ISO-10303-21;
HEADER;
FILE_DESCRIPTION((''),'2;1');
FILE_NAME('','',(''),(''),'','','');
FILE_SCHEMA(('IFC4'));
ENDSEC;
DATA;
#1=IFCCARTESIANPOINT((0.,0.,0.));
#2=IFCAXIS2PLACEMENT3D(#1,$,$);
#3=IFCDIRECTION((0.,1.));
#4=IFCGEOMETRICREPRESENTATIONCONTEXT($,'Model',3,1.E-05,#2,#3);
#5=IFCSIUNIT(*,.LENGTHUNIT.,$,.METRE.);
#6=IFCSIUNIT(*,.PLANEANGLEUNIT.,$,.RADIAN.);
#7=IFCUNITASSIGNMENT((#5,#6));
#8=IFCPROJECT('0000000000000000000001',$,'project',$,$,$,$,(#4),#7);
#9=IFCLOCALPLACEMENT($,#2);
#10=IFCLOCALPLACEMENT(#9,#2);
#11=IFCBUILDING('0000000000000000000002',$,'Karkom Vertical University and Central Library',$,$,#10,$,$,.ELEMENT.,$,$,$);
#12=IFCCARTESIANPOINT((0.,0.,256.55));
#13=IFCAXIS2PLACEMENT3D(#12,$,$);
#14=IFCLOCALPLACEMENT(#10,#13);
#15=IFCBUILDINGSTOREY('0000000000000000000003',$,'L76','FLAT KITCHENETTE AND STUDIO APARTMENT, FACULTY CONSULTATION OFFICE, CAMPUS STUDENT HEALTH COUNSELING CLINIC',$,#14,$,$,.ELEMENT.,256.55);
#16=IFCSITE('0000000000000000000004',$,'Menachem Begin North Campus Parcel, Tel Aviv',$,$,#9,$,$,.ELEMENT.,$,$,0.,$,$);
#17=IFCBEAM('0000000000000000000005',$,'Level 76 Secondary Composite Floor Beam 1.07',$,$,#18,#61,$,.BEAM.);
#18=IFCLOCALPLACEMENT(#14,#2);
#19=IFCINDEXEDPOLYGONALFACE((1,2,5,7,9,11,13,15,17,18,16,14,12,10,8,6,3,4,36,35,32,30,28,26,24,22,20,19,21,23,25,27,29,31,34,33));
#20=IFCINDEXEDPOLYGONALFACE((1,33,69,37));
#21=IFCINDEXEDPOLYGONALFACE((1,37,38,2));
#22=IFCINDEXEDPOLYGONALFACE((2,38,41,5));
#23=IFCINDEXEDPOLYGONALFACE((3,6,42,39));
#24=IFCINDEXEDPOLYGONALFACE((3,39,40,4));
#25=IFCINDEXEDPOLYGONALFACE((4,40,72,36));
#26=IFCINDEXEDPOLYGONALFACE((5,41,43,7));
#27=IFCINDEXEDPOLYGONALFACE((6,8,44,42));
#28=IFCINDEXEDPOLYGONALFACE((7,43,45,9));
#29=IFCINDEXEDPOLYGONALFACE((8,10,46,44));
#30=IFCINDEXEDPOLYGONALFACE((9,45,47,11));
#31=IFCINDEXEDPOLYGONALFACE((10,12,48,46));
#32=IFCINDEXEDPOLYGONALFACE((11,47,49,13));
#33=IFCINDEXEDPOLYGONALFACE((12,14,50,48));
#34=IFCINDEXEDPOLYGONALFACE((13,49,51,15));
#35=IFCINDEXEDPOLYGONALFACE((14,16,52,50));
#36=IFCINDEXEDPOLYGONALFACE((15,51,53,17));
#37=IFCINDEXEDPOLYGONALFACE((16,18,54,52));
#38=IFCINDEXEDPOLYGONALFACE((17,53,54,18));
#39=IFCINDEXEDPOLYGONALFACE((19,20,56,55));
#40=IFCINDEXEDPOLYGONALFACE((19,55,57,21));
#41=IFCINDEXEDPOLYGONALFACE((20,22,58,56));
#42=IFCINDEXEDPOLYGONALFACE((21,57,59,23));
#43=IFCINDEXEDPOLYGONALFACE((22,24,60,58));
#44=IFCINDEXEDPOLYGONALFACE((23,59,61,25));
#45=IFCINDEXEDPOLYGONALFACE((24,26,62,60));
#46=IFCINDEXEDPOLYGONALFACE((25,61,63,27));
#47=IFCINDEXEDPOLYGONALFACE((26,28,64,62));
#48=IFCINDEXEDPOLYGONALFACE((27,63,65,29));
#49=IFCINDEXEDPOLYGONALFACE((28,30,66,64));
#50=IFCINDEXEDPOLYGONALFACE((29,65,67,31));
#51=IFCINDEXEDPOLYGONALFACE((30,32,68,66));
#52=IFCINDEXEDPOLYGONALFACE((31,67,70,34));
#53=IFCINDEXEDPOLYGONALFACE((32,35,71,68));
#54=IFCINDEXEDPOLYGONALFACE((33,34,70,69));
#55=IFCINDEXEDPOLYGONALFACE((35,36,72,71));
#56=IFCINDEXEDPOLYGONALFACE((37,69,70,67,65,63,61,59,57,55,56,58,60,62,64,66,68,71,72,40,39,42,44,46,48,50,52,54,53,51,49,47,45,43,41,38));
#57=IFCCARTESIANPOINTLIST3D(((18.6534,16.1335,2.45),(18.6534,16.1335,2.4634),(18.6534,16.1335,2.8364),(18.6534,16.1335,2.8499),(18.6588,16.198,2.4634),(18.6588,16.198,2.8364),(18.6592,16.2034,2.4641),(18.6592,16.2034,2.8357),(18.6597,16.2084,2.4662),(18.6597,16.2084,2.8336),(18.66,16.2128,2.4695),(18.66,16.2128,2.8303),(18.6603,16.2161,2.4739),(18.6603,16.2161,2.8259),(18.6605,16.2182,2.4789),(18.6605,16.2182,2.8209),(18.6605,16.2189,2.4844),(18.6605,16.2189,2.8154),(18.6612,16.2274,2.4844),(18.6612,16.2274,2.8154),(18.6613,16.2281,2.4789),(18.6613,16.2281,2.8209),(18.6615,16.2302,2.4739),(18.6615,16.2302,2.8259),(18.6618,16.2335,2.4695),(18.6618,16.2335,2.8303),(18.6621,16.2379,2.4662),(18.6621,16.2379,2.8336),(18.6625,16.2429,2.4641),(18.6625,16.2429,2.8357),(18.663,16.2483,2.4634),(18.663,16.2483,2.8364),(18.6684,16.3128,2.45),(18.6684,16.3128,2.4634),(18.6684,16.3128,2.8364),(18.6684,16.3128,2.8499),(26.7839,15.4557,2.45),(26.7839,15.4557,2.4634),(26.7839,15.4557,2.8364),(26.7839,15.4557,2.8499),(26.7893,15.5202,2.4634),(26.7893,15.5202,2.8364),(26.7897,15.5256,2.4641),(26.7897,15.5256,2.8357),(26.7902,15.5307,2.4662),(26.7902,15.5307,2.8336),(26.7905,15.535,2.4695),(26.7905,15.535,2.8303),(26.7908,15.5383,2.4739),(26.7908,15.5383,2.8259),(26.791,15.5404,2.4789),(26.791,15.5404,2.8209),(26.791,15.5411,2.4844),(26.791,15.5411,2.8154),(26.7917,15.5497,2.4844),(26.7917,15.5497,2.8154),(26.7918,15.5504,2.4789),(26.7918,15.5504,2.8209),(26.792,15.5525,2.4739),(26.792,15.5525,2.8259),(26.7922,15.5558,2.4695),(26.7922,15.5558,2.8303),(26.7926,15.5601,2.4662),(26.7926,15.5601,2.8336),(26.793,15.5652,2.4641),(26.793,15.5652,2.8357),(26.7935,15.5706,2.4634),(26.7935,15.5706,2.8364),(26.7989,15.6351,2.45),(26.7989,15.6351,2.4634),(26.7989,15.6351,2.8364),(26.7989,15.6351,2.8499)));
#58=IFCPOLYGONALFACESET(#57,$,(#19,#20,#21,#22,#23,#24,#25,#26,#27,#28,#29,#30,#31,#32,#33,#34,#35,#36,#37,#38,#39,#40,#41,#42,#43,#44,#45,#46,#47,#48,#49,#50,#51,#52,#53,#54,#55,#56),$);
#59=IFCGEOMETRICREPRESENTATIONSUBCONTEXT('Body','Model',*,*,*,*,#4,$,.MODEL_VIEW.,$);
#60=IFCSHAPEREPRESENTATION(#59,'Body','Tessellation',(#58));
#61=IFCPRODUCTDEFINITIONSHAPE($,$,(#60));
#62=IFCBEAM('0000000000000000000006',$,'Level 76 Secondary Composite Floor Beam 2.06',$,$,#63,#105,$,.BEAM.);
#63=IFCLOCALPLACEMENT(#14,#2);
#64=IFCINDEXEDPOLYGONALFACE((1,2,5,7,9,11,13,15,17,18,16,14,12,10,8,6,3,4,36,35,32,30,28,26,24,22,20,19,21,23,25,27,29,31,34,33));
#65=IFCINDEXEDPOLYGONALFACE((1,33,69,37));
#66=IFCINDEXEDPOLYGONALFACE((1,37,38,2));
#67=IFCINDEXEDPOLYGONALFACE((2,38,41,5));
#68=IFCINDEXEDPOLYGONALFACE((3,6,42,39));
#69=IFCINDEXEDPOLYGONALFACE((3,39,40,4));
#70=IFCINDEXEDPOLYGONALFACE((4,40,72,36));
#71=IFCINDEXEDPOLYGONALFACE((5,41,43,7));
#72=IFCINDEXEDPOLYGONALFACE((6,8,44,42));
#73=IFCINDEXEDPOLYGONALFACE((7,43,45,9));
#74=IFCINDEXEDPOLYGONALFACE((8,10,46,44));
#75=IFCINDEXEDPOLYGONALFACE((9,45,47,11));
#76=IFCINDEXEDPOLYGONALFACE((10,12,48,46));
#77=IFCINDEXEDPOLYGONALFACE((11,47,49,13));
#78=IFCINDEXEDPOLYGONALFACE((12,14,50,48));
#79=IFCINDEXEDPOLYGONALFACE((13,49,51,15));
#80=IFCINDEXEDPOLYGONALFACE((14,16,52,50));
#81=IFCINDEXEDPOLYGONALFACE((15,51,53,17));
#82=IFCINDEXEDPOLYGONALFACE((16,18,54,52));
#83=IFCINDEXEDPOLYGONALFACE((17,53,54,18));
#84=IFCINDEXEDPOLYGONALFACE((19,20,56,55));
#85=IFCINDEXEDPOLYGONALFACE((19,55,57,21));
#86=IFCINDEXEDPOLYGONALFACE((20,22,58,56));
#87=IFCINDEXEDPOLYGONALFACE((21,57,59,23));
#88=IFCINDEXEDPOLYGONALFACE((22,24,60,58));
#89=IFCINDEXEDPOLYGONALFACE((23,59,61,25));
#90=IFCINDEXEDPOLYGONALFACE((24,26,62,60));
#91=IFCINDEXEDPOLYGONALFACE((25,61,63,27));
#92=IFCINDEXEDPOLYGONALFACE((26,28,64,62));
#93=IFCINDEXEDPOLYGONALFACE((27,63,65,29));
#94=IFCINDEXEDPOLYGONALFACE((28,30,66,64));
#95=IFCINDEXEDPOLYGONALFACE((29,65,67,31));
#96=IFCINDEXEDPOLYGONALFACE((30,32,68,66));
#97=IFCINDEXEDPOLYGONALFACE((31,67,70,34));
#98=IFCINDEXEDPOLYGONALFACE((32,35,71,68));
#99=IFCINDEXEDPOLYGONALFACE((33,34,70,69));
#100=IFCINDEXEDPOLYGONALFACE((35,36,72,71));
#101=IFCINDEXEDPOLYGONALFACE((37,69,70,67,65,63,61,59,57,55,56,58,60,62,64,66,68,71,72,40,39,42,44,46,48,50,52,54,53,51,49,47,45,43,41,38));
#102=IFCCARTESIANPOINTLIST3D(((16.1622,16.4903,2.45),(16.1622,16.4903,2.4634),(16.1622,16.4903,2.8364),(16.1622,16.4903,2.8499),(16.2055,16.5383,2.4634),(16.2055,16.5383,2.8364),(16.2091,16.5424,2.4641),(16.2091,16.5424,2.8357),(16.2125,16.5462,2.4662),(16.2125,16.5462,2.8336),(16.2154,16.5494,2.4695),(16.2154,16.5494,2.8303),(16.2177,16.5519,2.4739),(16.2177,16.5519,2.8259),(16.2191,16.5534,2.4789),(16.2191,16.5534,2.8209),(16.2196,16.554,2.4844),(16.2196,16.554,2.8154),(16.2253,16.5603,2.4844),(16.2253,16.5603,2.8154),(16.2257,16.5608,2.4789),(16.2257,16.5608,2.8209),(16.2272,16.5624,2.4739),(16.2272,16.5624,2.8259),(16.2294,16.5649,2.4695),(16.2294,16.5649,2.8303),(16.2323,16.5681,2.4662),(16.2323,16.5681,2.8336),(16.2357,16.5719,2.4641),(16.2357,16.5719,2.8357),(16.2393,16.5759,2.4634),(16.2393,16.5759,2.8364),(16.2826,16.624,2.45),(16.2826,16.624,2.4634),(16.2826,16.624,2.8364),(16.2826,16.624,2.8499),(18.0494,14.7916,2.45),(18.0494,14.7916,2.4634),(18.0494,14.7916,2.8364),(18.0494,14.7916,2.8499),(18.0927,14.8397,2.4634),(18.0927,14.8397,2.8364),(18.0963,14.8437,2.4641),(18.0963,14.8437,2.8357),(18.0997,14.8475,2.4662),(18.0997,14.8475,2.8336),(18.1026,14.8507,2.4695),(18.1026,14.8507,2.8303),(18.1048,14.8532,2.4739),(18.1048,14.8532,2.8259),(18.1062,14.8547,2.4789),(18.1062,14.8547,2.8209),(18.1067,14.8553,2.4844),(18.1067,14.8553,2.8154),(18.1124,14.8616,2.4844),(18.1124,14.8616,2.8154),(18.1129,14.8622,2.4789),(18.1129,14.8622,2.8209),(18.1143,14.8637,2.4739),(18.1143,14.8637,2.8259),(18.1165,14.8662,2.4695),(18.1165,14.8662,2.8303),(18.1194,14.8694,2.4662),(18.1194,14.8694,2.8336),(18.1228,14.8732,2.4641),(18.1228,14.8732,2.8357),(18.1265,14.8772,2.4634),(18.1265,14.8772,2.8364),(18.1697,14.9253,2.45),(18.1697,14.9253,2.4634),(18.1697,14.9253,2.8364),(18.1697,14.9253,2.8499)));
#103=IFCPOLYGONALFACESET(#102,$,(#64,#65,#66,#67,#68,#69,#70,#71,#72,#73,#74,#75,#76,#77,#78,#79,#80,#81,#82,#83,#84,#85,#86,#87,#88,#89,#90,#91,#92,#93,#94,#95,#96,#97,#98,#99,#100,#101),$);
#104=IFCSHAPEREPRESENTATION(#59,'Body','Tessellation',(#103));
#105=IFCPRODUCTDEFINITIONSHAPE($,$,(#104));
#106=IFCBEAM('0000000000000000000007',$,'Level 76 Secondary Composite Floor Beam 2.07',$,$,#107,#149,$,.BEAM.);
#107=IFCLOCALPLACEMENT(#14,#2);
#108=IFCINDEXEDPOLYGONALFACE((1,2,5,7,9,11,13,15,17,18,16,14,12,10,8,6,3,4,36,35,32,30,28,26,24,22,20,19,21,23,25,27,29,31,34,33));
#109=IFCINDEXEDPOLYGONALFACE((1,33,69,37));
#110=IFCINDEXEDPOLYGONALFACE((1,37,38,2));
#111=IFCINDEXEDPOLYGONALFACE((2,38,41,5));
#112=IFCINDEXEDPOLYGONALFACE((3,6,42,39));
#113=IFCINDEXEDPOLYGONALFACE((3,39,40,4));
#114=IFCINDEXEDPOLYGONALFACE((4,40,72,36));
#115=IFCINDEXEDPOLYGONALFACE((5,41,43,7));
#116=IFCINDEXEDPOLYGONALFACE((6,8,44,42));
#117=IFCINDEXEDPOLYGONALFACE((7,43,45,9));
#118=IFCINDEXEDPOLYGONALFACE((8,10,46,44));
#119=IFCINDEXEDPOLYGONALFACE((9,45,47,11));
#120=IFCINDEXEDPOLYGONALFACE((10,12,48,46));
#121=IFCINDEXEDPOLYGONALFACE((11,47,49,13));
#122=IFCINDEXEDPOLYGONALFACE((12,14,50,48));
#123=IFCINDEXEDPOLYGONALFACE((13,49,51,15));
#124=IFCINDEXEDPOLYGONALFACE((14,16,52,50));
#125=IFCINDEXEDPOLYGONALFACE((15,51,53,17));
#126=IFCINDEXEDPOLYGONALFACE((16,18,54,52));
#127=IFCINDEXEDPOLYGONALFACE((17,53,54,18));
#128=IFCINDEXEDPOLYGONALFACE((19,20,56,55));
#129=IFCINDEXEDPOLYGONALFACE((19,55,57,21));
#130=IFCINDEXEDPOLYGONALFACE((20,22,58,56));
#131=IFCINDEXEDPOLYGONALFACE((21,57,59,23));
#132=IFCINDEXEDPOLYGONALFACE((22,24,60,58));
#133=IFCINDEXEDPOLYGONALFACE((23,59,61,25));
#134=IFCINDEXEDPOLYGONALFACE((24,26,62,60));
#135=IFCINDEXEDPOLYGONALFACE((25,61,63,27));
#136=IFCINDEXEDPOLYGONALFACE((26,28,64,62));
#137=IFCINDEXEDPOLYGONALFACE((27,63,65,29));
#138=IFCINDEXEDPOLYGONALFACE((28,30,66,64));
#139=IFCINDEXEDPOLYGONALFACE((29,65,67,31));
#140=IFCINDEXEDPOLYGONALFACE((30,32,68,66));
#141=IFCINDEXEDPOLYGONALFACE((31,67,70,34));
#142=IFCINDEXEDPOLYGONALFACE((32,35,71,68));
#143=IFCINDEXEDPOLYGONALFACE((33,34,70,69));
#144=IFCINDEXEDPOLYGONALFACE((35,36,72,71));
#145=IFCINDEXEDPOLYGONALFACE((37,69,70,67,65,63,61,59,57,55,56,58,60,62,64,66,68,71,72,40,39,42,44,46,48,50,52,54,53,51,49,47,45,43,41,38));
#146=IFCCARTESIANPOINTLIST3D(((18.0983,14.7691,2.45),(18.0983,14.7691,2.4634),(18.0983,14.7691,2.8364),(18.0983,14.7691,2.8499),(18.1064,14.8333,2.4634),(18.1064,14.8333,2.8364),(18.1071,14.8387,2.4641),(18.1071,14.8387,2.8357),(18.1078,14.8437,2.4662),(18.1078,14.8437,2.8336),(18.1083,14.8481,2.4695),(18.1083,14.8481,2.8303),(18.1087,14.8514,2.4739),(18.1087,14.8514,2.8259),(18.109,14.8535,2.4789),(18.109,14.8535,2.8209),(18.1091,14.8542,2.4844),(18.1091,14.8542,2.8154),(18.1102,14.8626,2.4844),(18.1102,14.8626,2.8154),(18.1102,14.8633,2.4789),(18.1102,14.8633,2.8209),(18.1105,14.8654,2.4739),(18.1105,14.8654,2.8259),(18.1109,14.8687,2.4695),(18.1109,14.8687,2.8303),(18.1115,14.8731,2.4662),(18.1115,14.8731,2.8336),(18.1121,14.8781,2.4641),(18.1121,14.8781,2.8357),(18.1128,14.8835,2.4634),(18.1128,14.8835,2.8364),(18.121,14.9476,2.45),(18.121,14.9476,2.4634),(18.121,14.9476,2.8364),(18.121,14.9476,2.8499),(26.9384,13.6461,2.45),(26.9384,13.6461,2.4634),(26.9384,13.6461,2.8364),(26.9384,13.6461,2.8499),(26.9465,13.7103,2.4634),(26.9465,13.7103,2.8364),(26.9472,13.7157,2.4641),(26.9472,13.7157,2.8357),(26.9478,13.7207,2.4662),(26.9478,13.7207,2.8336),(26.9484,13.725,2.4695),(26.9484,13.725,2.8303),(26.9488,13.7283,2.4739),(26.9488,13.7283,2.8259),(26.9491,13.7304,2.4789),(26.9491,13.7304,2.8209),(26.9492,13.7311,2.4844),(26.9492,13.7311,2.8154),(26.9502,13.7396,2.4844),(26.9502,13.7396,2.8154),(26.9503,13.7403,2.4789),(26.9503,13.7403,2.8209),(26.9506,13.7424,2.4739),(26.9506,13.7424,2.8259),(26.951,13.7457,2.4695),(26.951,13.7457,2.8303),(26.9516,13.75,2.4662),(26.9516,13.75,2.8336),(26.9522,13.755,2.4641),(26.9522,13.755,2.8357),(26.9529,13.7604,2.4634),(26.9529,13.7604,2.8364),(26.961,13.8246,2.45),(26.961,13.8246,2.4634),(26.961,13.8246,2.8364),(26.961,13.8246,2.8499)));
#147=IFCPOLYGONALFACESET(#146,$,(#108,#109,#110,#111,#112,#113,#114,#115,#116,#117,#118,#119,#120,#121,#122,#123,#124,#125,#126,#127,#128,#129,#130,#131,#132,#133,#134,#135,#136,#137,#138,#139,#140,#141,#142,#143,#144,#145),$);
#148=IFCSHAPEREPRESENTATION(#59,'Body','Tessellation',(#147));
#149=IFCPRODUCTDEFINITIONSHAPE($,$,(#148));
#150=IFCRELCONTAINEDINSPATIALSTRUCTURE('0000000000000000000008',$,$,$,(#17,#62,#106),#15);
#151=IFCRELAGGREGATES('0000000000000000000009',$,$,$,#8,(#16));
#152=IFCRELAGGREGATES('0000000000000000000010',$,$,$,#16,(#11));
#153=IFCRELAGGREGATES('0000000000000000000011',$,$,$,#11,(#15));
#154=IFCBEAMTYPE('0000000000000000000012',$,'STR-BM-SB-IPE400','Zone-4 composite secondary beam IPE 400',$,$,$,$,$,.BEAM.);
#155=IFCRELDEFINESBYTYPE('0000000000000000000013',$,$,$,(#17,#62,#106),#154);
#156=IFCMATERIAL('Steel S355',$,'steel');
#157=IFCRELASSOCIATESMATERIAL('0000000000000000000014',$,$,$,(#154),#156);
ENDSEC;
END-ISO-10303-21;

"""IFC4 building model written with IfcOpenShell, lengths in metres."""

from ifc_helpers import new_model, si_unit, direction, frame, origin, origin_with_axes, origin_2d, place, context, subcontext, project, spatial, i_section, extrude, source, transform, mapped, material, material_profile, profile_set, type_object, element, save


model = new_model("IFC4")

# Units and contexts
model_context = context("Model", 3, precision=1e-05, world=origin(), true_north=direction((0.0, 1.0)))
body_context = subcontext(model_context, "Body", "Model", "MODEL_VIEW")
ifc_project = project(units=[si_unit("LENGTHUNIT", "METRE"), si_unit("PLANEANGLEUNIT", "RADIAN")], contexts=[model_context])

# Site, building, storey
site_placement = place(None, origin())
site = spatial("IfcSite", under=ifc_project, at=site_placement, Name="Menachem Begin North Campus Parcel, Tel Aviv", CompositionType="ELEMENT", RefElevation=0.0)
building_placement = place(site_placement, origin())
building = spatial("IfcBuilding", under=site, at=building_placement, Name="Karkom Vertical University and Central Library", CompositionType="ELEMENT")
storey_placement = place(building_placement, frame((0.0, 0.0, 256.55)))
storey = spatial("IfcBuildingStorey", under=building, at=storey_placement, Name="L76", Description="FLAT KITCHENETTE AND STUDIO APARTMENT, FACULTY CONSULTATION OFFICE, CAMPUS STUDENT HEALTH COUNSELING CLINIC", CompositionType="ELEMENT", Elevation=256.55)

# Beams
ifc_material_1 = material(Name="Steel S355", Category="steel")
ifc_material_profile_1 = material_profile(ifc_material_1, i_section(OverallWidth=0.1799, OverallDepth=0.3999, WebThickness=0.0085, FlangeThickness=0.0134, FilletRadius=0.021, at=origin_2d()), Name="IPE 400")
ifc_profile_set_1 = profile_set([ifc_material_profile_1], Name="Steel S355")
beam_type_1 = type_object("IfcBeamType", Name="STR-BM-SB-IPE400", Description="Zone-4 composite secondary beam IPE 400", PredefinedType="BEAM", material=ifc_profile_set_1)
shared_shape_1 = source(origin_with_axes(), body_context, "Body", "SweptSolid", [
    extrude(i_section(OverallWidth=0.1799, OverallDepth=0.3999, WebThickness=0.0085, FlangeThickness=0.0134, FilletRadius=0.021, at=origin_2d()), origin(), (0.0, 0.0, 1.0), 8.1587),
])
beam_1_placement = place(storey_placement, frame((18.6609, 16.2231, 2.6499), z_axis=(0.996544, -0.08307, 0.0), x_axis=(0.08307, 0.996544, 0.0)))
element("IfcBeam", 1, at=beam_1_placement, inside=storey, type_object=beam_type_1, Name="Level 76 Secondary Composite Floor Beam 1.07", PredefinedType="BEAM", context=body_context, shape_type="MappedRepresentation", body=[
    mapped(shared_shape_1, transform((0.0, 0.0, 0.0), scale=1.0)),
])
shared_shape_2 = source(origin_with_axes(), body_context, "Body", "SweptSolid", [
    extrude(i_section(OverallWidth=0.1799, OverallDepth=0.3999, WebThickness=0.0085, FlangeThickness=0.0134, FilletRadius=0.021, at=origin_2d()), origin(), (0.0, 0.0, 1.0), 2.5391),
])
beam_2_placement = place(storey_placement, frame((16.2224, 16.5571, 2.6499), z_axis=(0.743246, -0.669018, 0.0), x_axis=(0.669018, 0.743246, 0.0)))
element("IfcBeam", 2, at=beam_2_placement, inside=storey, type_object=beam_type_1, Name="Level 76 Secondary Composite Floor Beam 2.06", PredefinedType="BEAM", context=body_context, shape_type="MappedRepresentation", body=[
    mapped(shared_shape_2, transform((0.0, 0.0, 0.0), scale=1.0)),
])
shared_shape_3 = source(origin_with_axes(), body_context, "Body", "SweptSolid", [
    extrude(i_section(OverallWidth=0.1799, OverallDepth=0.3999, WebThickness=0.0085, FlangeThickness=0.0134, FilletRadius=0.021, at=origin_2d()), origin(), (0.0, 0.0, 1.0), 8.9111),
])
beam_3_placement = place(storey_placement, frame((18.1096, 14.8584, 2.6499), z_axis=(0.992027, -0.126027, 0.0), x_axis=(0.126027, 0.992027, 0.0)))
element("IfcBeam", 3, at=beam_3_placement, inside=storey, type_object=beam_type_1, Name="Level 76 Secondary Composite Floor Beam 2.07", PredefinedType="BEAM", context=body_context, shape_type="MappedRepresentation", body=[
    mapped(shared_shape_3, transform((0.0, 0.0, 0.0), scale=1.0)),
])

save(model, "model.ifc")
